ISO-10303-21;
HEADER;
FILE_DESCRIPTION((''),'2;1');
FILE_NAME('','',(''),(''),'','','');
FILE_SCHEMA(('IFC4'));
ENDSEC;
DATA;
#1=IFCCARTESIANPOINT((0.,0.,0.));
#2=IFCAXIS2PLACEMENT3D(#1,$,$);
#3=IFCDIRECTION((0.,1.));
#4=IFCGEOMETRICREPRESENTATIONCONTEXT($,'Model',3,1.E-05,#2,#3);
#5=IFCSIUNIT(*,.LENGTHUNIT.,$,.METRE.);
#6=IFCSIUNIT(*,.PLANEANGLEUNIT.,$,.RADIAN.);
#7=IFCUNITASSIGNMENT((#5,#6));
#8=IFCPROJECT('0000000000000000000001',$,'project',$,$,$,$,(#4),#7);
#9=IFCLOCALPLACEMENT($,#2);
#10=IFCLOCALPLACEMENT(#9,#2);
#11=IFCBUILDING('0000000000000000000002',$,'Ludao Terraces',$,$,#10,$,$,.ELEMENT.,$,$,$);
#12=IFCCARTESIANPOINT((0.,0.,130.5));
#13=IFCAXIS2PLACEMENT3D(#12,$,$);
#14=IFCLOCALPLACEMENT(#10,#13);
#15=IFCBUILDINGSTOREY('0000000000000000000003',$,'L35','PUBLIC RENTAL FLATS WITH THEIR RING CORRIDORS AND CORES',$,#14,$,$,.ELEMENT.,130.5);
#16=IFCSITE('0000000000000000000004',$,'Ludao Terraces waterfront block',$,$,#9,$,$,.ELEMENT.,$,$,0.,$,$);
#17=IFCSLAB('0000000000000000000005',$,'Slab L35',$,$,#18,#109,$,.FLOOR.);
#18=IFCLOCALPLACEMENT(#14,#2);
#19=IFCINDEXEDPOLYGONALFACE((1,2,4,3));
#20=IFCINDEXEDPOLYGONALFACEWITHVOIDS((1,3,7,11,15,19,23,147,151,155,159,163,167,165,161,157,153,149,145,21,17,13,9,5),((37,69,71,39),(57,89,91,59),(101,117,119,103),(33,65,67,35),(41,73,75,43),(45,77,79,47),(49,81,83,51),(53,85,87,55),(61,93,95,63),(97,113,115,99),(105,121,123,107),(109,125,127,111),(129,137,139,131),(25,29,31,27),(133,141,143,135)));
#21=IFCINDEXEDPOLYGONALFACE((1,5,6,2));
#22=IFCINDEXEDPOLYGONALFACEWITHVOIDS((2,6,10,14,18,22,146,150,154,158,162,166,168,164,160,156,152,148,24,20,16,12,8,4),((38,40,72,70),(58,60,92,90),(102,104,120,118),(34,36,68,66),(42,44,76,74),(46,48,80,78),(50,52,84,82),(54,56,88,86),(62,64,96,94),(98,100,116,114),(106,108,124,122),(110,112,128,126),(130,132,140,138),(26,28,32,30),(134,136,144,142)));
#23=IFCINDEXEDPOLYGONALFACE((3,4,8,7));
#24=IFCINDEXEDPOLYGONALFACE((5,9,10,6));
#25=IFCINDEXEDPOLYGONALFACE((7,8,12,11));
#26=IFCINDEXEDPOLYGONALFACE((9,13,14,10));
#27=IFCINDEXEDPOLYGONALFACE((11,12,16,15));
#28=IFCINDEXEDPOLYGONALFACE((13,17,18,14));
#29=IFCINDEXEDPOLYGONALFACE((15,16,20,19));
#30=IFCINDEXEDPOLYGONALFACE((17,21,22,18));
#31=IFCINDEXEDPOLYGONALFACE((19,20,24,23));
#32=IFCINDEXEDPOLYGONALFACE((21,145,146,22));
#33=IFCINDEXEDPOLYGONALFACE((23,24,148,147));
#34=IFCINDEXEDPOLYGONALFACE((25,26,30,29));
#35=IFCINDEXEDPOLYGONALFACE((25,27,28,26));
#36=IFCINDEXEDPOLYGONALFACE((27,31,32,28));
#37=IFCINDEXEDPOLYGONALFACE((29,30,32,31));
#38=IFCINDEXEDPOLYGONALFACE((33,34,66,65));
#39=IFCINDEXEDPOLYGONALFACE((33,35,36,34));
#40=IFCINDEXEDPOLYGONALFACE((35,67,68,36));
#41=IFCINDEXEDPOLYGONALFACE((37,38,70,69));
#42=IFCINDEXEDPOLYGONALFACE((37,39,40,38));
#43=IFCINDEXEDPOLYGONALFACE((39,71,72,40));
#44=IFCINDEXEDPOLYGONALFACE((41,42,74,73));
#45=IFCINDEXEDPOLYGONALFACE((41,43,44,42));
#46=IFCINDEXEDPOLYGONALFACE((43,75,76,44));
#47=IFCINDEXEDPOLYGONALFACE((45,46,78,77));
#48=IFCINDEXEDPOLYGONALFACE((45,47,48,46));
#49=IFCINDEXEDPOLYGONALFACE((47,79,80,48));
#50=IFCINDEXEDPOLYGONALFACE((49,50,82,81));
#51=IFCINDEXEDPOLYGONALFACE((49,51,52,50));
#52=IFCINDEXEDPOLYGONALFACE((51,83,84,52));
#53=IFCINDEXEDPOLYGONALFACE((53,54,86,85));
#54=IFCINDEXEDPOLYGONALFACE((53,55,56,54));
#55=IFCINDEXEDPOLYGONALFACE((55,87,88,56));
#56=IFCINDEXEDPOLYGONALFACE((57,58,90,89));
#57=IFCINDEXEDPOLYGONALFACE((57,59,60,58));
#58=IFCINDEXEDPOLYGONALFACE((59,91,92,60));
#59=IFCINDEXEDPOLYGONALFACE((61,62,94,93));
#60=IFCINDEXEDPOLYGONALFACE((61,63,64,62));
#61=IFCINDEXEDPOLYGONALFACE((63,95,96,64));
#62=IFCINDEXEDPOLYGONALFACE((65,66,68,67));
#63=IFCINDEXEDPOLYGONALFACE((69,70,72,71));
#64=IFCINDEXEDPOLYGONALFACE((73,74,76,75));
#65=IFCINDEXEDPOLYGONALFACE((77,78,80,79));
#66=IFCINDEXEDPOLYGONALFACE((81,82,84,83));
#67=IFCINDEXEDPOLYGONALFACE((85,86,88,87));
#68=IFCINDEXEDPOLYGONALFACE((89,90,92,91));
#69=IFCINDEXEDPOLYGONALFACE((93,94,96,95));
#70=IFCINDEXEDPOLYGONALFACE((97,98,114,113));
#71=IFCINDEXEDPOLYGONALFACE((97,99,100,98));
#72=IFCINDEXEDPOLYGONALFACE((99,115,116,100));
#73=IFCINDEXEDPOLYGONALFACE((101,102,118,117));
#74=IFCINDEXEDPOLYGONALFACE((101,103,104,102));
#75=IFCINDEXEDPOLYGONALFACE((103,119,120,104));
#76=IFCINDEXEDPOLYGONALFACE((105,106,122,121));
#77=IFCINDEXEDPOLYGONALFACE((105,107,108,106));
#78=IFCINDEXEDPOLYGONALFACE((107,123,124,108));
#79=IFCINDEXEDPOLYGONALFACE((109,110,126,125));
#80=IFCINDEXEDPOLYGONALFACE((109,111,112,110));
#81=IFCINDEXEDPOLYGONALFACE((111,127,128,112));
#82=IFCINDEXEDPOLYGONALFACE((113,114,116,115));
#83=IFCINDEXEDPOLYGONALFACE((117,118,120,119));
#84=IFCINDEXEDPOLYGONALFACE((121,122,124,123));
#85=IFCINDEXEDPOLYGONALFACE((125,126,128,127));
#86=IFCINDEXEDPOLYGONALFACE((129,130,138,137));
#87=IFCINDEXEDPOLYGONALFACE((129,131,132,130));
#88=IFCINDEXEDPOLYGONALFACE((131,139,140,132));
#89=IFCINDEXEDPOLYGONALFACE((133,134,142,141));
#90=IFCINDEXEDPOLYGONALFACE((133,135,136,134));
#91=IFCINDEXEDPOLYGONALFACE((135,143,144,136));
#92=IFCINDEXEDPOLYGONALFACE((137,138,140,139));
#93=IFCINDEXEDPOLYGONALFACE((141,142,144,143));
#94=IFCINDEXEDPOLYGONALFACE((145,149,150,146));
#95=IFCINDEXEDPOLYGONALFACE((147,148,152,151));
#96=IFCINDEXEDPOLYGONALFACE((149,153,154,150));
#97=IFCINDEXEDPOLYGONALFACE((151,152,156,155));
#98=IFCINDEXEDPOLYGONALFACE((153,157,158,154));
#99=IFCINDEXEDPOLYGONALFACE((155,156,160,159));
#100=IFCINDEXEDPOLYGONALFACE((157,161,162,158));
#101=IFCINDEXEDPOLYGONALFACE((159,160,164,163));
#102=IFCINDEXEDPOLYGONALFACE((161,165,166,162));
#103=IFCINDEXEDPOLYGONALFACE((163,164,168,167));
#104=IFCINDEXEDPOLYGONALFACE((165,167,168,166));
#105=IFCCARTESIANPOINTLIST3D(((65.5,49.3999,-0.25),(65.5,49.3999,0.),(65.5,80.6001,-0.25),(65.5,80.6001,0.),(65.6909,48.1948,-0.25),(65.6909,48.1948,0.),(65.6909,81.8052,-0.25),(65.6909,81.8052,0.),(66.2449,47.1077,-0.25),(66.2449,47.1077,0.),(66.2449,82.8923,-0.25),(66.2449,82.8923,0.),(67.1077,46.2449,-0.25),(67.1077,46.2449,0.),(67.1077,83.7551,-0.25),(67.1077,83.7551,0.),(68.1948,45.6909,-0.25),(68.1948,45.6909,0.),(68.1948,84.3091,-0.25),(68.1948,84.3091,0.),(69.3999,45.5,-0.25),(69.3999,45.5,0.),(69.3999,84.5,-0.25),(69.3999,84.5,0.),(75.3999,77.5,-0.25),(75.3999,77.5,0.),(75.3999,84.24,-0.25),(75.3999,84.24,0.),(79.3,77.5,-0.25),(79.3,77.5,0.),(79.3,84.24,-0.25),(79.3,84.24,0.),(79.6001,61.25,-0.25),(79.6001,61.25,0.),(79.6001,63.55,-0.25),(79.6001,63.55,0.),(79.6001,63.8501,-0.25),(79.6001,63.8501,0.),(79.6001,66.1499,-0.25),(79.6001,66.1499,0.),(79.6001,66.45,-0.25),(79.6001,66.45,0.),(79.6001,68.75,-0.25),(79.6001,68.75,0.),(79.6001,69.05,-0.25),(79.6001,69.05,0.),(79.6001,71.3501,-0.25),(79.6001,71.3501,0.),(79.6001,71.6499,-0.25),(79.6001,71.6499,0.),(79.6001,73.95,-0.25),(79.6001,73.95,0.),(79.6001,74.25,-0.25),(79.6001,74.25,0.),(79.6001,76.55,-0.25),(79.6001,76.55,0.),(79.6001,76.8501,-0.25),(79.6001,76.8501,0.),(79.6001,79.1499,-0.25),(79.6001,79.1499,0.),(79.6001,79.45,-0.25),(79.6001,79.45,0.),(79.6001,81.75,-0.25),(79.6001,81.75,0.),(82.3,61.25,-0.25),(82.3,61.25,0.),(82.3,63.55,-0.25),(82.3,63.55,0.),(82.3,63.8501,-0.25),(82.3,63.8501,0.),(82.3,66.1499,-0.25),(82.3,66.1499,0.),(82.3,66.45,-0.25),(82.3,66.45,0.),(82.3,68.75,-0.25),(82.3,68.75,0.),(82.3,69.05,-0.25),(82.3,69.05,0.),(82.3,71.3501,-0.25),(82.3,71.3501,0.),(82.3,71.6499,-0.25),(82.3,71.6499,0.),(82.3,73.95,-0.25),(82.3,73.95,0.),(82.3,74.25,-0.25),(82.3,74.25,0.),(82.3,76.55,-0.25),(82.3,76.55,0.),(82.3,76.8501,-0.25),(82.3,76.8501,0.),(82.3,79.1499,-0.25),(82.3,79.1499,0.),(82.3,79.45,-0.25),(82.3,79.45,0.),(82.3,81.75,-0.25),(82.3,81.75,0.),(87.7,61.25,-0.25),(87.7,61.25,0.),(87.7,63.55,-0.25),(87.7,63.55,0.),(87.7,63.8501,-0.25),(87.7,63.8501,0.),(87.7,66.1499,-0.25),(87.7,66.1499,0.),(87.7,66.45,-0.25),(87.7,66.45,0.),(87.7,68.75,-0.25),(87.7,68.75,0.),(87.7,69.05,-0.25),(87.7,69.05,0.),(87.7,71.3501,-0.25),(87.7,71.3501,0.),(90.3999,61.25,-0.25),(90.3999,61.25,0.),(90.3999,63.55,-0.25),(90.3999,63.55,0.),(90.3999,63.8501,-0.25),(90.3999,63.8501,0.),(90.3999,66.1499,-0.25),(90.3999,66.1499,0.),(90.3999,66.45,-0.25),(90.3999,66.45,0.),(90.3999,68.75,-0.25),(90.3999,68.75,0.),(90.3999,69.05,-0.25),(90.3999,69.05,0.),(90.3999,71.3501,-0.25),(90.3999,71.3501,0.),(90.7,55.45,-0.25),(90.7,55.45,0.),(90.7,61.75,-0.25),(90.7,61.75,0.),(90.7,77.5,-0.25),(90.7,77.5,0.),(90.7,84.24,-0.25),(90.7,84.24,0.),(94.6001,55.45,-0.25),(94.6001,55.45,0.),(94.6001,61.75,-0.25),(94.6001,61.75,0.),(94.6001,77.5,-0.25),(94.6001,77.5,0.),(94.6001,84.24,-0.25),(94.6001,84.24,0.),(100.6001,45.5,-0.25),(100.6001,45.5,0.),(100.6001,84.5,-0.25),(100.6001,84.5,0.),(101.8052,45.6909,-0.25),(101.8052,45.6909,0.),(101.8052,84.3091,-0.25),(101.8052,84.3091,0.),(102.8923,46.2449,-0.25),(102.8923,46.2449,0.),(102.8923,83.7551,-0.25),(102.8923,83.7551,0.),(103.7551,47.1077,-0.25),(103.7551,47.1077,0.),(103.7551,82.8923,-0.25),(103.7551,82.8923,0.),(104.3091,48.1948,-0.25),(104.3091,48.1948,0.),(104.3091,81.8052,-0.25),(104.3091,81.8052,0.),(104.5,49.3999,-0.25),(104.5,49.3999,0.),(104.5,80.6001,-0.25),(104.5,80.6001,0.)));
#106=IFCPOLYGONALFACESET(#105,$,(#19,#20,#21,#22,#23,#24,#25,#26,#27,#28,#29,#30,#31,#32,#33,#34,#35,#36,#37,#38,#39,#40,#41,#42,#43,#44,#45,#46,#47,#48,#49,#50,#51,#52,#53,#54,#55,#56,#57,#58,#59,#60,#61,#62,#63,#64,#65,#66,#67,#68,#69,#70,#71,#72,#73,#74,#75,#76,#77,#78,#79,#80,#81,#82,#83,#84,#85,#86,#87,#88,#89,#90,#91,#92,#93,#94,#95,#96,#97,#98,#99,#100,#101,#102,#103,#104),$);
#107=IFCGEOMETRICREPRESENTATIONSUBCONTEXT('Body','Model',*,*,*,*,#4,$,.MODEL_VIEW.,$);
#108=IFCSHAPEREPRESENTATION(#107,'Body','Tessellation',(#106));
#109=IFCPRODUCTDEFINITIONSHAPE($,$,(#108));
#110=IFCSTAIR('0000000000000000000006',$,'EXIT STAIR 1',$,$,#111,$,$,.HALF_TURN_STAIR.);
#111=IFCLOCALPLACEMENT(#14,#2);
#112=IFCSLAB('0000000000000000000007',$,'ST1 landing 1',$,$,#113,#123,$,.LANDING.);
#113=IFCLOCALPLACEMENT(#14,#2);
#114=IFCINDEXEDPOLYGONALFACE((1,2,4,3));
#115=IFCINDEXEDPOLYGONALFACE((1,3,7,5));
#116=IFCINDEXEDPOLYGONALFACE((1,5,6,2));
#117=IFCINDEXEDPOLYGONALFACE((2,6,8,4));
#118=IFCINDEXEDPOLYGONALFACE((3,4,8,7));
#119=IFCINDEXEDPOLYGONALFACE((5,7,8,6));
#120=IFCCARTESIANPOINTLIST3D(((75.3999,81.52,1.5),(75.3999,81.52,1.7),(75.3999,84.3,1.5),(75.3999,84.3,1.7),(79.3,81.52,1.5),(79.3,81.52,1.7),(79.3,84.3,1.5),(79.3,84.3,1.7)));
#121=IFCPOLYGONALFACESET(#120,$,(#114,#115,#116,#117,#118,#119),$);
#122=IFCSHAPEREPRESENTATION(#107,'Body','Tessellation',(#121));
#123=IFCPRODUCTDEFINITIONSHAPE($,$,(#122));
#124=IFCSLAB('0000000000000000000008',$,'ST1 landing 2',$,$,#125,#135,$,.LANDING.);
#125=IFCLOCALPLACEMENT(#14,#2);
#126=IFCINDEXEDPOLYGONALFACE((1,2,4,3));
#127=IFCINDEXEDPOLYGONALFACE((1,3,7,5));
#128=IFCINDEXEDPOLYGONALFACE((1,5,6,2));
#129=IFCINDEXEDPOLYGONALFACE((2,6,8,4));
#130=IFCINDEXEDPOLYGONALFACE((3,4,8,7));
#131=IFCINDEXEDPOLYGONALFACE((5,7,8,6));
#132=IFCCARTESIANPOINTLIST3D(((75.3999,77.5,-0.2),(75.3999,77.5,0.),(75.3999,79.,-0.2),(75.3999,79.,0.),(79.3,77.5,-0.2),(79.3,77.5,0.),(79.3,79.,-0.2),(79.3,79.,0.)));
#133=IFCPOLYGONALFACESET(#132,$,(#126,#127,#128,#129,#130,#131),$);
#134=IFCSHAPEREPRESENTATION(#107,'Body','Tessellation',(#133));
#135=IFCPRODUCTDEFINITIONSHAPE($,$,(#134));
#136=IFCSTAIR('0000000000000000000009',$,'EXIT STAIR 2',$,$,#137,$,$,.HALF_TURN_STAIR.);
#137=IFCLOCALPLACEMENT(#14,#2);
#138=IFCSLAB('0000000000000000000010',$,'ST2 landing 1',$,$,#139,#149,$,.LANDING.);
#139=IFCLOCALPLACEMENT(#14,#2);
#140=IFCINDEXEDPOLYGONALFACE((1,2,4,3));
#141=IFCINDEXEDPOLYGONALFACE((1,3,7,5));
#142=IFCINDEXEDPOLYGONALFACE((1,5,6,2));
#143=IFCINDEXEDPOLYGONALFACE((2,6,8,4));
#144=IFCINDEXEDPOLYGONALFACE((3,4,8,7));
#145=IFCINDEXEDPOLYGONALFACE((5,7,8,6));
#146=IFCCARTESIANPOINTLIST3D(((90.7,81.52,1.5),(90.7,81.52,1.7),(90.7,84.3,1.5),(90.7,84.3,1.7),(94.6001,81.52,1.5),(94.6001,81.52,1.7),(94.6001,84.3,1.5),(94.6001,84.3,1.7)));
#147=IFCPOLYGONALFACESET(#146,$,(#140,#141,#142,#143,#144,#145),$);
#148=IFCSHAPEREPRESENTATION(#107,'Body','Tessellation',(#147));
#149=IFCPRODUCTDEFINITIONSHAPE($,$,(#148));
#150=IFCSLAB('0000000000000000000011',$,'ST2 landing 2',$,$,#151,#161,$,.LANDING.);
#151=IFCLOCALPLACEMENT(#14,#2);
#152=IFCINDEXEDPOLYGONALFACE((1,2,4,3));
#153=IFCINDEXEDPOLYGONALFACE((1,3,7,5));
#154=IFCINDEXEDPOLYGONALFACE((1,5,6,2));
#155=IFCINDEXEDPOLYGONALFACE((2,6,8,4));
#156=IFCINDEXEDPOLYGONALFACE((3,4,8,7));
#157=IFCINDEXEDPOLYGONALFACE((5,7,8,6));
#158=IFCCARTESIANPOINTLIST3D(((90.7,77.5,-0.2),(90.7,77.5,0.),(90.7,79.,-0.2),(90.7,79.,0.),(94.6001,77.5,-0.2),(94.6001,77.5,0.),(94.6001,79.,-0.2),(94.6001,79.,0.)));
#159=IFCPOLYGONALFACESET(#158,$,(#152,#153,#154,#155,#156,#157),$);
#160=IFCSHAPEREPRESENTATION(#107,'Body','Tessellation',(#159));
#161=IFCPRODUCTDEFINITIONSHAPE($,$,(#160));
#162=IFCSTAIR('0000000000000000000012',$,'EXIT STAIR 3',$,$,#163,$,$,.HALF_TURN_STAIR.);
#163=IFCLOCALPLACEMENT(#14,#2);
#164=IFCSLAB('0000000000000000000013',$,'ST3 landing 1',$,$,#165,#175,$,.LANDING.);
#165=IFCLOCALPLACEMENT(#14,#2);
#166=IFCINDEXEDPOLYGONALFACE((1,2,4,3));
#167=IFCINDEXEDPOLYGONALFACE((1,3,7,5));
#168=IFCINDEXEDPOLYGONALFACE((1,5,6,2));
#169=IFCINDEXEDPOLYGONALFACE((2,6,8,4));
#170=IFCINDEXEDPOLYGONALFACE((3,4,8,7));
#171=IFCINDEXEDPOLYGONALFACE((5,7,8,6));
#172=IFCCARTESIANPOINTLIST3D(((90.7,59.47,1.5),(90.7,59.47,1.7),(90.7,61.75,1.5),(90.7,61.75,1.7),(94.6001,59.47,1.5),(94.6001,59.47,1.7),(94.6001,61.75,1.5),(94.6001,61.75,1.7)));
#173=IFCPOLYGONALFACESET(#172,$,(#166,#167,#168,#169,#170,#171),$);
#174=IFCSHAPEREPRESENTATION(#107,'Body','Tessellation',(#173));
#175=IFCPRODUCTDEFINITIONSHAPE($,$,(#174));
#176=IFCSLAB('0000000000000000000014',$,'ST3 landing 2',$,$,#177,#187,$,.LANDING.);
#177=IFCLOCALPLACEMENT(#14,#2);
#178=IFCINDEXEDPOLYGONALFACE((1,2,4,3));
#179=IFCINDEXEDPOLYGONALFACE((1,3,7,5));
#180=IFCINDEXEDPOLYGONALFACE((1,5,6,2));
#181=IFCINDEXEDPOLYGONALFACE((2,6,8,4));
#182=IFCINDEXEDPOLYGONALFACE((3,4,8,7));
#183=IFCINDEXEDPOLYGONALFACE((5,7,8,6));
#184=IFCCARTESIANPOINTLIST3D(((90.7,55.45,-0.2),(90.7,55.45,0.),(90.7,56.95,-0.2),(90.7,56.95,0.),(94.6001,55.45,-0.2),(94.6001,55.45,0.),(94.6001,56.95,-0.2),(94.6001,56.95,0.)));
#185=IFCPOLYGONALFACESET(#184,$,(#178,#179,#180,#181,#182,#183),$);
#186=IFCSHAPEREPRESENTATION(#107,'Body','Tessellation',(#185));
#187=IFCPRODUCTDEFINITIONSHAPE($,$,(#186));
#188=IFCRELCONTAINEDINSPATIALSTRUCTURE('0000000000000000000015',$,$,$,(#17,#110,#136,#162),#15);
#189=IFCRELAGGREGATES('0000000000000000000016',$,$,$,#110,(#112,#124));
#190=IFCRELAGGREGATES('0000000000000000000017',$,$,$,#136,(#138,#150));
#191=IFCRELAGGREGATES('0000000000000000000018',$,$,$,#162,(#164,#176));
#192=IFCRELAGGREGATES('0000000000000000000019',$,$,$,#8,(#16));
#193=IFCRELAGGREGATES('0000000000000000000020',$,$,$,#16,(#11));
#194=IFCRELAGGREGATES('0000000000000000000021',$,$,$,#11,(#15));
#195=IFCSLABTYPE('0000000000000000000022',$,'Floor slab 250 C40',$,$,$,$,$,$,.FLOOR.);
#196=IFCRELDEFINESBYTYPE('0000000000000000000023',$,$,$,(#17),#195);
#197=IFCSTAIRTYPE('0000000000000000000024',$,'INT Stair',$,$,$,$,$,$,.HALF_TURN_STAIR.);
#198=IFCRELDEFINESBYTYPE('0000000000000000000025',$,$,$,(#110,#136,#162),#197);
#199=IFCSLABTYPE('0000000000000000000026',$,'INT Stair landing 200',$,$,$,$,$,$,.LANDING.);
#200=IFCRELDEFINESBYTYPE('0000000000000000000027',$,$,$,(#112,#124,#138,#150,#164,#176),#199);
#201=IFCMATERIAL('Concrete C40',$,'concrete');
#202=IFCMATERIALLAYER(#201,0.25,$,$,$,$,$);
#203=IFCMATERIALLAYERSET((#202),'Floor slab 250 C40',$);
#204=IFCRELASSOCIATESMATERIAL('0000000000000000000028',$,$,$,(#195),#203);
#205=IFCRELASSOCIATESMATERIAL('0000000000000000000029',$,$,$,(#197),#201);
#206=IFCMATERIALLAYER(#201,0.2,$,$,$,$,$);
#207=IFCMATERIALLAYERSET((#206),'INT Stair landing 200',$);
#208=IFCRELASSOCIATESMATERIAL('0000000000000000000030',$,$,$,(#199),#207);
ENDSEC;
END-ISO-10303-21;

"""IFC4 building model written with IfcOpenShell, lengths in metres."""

from ifc_helpers import new_model, si_unit, direction, frame, origin, place, context, subcontext, project, spatial, polyline, outline, extrude, material, layer, layer_set, type_object, element, aggregate, save


model = new_model("IFC4")

# Units and contexts
model_context = context("Model", 3, precision=1e-05, world=origin(), true_north=direction((0.0, 1.0)))
body_context = subcontext(model_context, "Body", "Model", "MODEL_VIEW")
ifc_project = project(units=[si_unit("LENGTHUNIT", "METRE"), si_unit("PLANEANGLEUNIT", "RADIAN")], contexts=[model_context])

# Site, building, storey
site_placement = place(None, origin())
site = spatial("IfcSite", under=ifc_project, at=site_placement, Name="Ludao Terraces waterfront block", CompositionType="ELEMENT", RefElevation=0.0)
building_placement = place(site_placement, origin())
building = spatial("IfcBuilding", under=site, at=building_placement, Name="Ludao Terraces", CompositionType="ELEMENT")
storey_placement = place(building_placement, frame((0.0, 0.0, 130.5)))
storey = spatial("IfcBuildingStorey", under=building, at=storey_placement, Name="L35", Description="PUBLIC RENTAL FLATS WITH THEIR RING CORRIDORS AND CORES", CompositionType="ELEMENT", Elevation=130.5)

# Shared definitions
ifc_material_1 = material(Name="Concrete C40", Category="concrete")

# Slab
ifc_layer_1 = layer(ifc_material_1, 0.25)
ifc_layer_set_1 = layer_set([ifc_layer_1], Name="Floor slab 250 C40")
slab_type_1 = type_object("IfcSlabType", Name="Floor slab 250 C40", PredefinedType="FLOOR", material=ifc_layer_set_1)
slab_1_placement = place(storey_placement, frame((0.0, 0.0, -0.25)))
element("IfcSlab", 1, at=slab_1_placement, inside=storey, type_object=slab_type_1, Name="Slab L35", PredefinedType="FLOOR", context=body_context, shape_type="SweptSolid", body=[
    extrude(outline(polyline([(100.6001, 45.5), (101.8052, 45.6909), (102.8923, 46.2449), (103.7551, 47.1077), (104.3091, 48.1948), (104.5, 49.3999), (104.5, 80.6001), (104.3091, 81.8052), (103.7551, 82.8923), (102.8923, 83.7551), (101.8052, 84.3091), (100.6001, 84.5), (69.3999, 84.5), (68.1948, 84.3091), (67.1077, 83.7551), (66.2449, 82.8923), (65.6909, 81.8052), (65.5, 80.6001), (65.5, 49.3999), (65.6909, 48.1948), (66.2449, 47.1077), (67.1077, 46.2449), (68.1948, 45.6909), (69.3999, 45.5), (100.6001, 45.5)]), holes=[polyline([(79.6001, 61.25), (82.3, 61.25), (82.3, 63.55), (79.6001, 63.55), (79.6001, 61.25)]), polyline([(79.6001, 63.8501), (82.3, 63.8501), (82.3, 66.1499), (79.6001, 66.1499), (79.6001, 63.8501)]), polyline([(79.6001, 66.45), (82.3, 66.45), (82.3, 68.75), (79.6001, 68.75), (79.6001, 66.45)]), polyline([(79.6001, 69.05), (82.3, 69.05), (82.3, 71.3501), (79.6001, 71.3501), (79.6001, 69.05)]), polyline([(79.6001, 71.6499), (82.3, 71.6499), (82.3, 73.95), (79.6001, 73.95), (79.6001, 71.6499)]), polyline([(79.6001, 74.25), (82.3, 74.25), (82.3, 76.55), (79.6001, 76.55), (79.6001, 74.25)]), polyline([(79.6001, 76.8501), (82.3, 76.8501), (82.3, 79.1499), (79.6001, 79.1499), (79.6001, 76.8501)]), polyline([(79.6001, 79.45), (82.3, 79.45), (82.3, 81.75), (79.6001, 81.75), (79.6001, 79.45)]), polyline([(87.7, 61.25), (90.3999, 61.25), (90.3999, 63.55), (87.7, 63.55), (87.7, 61.25)]), polyline([(87.7, 63.8501), (90.3999, 63.8501), (90.3999, 66.1499), (87.7, 66.1499), (87.7, 63.8501)]), polyline([(87.7, 66.45), (90.3999, 66.45), (90.3999, 68.75), (87.7, 68.75), (87.7, 66.45)]), polyline([(87.7, 69.05), (90.3999, 69.05), (90.3999, 71.3501), (87.7, 71.3501), (87.7, 69.05)]), polyline([(75.3999, 77.5), (79.3, 77.5), (79.3, 84.24), (75.3999, 84.24), (75.3999, 77.5)]), polyline([(90.7, 77.5), (94.6001, 77.5), (94.6001, 84.24), (90.7, 84.24), (90.7, 77.5)]), polyline([(90.7, 55.45), (94.6001, 55.45), (94.6001, 61.75), (90.7, 61.75), (90.7, 55.45)])]), origin(), (0.0, 0.0, 1.0), 0.25),
])

# Stairs, slabs
stair_type = type_object("IfcStairType", Name="INT Stair", PredefinedType="HALF_TURN_STAIR", material=ifc_material_1)
stair_1_placement = place(storey_placement, origin())
stair_1 = element("IfcStair", 2, at=stair_1_placement, inside=storey, type_object=stair_type, Name="EXIT STAIR 1", PredefinedType="HALF_TURN_STAIR")
ifc_layer_2 = layer(ifc_material_1, 0.2)
ifc_layer_set_2 = layer_set([ifc_layer_2], Name="INT Stair landing 200")
slab_type_2 = type_object("IfcSlabType", Name="INT Stair landing 200", PredefinedType="LANDING", material=ifc_layer_set_2)
slab_2_placement = place(storey_placement, frame((0.0, 0.0, 1.5)))
slab_2 = element("IfcSlab", 3, at=slab_2_placement, type_object=slab_type_2, Name="ST1 landing 1", PredefinedType="LANDING", context=body_context, shape_type="SweptSolid", body=[
    extrude(outline(polyline([(75.3999, 81.52), (79.3, 81.52), (79.3, 84.3), (75.3999, 84.3), (75.3999, 81.52)])), origin(), (0.0, 0.0, 1.0), 0.2),
])
slab_3_placement = place(storey_placement, frame((0.0, 0.0, -0.2)))
slab_3 = element("IfcSlab", 4, at=slab_3_placement, type_object=slab_type_2, Name="ST1 landing 2", PredefinedType="LANDING", context=body_context, shape_type="SweptSolid", body=[
    extrude(outline(polyline([(75.3999, 77.5), (79.3, 77.5), (79.3, 79.0), (75.3999, 79.0), (75.3999, 77.5)])), origin(), (0.0, 0.0, 1.0), 0.2),
])
aggregate(stair_1, [slab_2, slab_3])
stair_2_placement = place(storey_placement, origin())
stair_2 = element("IfcStair", 5, at=stair_2_placement, inside=storey, type_object=stair_type, Name="EXIT STAIR 2", PredefinedType="HALF_TURN_STAIR")
slab_4_placement = place(storey_placement, frame((0.0, 0.0, 1.5)))
slab_4 = element("IfcSlab", 6, at=slab_4_placement, type_object=slab_type_2, Name="ST2 landing 1", PredefinedType="LANDING", context=body_context, shape_type="SweptSolid", body=[
    extrude(outline(polyline([(90.7, 81.52), (94.6001, 81.52), (94.6001, 84.3), (90.7, 84.3), (90.7, 81.52)])), origin(), (0.0, 0.0, 1.0), 0.2),
])
slab_5_placement = place(storey_placement, frame((0.0, 0.0, -0.2)))
slab_5 = element("IfcSlab", 7, at=slab_5_placement, type_object=slab_type_2, Name="ST2 landing 2", PredefinedType="LANDING", context=body_context, shape_type="SweptSolid", body=[
    extrude(outline(polyline([(90.7, 77.5), (94.6001, 77.5), (94.6001, 79.0), (90.7, 79.0), (90.7, 77.5)])), origin(), (0.0, 0.0, 1.0), 0.2),
])
aggregate(stair_2, [slab_4, slab_5])
stair_3_placement = place(storey_placement, origin())
stair_3 = element("IfcStair", 8, at=stair_3_placement, inside=storey, type_object=stair_type, Name="EXIT STAIR 3", PredefinedType="HALF_TURN_STAIR")
slab_6_placement = place(storey_placement, frame((0.0, 0.0, 1.5)))
slab_6 = element("IfcSlab", 9, at=slab_6_placement, type_object=slab_type_2, Name="ST3 landing 1", PredefinedType="LANDING", context=body_context, shape_type="SweptSolid", body=[
    extrude(outline(polyline([(90.7, 59.47), (94.6001, 59.47), (94.6001, 61.75), (90.7, 61.75), (90.7, 59.47)])), origin(), (0.0, 0.0, 1.0), 0.2),
])
slab_7_placement = place(storey_placement, frame((0.0, 0.0, -0.2)))
slab_7 = element("IfcSlab", 10, at=slab_7_placement, type_object=slab_type_2, Name="ST3 landing 2", PredefinedType="LANDING", context=body_context, shape_type="SweptSolid", body=[
    extrude(outline(polyline([(90.7, 55.45), (94.6001, 55.45), (94.6001, 56.95), (90.7, 56.95), (90.7, 55.45)])), origin(), (0.0, 0.0, 1.0), 0.2),
])
aggregate(stair_3, [slab_6, slab_7])

save(model, "model.ifc")
